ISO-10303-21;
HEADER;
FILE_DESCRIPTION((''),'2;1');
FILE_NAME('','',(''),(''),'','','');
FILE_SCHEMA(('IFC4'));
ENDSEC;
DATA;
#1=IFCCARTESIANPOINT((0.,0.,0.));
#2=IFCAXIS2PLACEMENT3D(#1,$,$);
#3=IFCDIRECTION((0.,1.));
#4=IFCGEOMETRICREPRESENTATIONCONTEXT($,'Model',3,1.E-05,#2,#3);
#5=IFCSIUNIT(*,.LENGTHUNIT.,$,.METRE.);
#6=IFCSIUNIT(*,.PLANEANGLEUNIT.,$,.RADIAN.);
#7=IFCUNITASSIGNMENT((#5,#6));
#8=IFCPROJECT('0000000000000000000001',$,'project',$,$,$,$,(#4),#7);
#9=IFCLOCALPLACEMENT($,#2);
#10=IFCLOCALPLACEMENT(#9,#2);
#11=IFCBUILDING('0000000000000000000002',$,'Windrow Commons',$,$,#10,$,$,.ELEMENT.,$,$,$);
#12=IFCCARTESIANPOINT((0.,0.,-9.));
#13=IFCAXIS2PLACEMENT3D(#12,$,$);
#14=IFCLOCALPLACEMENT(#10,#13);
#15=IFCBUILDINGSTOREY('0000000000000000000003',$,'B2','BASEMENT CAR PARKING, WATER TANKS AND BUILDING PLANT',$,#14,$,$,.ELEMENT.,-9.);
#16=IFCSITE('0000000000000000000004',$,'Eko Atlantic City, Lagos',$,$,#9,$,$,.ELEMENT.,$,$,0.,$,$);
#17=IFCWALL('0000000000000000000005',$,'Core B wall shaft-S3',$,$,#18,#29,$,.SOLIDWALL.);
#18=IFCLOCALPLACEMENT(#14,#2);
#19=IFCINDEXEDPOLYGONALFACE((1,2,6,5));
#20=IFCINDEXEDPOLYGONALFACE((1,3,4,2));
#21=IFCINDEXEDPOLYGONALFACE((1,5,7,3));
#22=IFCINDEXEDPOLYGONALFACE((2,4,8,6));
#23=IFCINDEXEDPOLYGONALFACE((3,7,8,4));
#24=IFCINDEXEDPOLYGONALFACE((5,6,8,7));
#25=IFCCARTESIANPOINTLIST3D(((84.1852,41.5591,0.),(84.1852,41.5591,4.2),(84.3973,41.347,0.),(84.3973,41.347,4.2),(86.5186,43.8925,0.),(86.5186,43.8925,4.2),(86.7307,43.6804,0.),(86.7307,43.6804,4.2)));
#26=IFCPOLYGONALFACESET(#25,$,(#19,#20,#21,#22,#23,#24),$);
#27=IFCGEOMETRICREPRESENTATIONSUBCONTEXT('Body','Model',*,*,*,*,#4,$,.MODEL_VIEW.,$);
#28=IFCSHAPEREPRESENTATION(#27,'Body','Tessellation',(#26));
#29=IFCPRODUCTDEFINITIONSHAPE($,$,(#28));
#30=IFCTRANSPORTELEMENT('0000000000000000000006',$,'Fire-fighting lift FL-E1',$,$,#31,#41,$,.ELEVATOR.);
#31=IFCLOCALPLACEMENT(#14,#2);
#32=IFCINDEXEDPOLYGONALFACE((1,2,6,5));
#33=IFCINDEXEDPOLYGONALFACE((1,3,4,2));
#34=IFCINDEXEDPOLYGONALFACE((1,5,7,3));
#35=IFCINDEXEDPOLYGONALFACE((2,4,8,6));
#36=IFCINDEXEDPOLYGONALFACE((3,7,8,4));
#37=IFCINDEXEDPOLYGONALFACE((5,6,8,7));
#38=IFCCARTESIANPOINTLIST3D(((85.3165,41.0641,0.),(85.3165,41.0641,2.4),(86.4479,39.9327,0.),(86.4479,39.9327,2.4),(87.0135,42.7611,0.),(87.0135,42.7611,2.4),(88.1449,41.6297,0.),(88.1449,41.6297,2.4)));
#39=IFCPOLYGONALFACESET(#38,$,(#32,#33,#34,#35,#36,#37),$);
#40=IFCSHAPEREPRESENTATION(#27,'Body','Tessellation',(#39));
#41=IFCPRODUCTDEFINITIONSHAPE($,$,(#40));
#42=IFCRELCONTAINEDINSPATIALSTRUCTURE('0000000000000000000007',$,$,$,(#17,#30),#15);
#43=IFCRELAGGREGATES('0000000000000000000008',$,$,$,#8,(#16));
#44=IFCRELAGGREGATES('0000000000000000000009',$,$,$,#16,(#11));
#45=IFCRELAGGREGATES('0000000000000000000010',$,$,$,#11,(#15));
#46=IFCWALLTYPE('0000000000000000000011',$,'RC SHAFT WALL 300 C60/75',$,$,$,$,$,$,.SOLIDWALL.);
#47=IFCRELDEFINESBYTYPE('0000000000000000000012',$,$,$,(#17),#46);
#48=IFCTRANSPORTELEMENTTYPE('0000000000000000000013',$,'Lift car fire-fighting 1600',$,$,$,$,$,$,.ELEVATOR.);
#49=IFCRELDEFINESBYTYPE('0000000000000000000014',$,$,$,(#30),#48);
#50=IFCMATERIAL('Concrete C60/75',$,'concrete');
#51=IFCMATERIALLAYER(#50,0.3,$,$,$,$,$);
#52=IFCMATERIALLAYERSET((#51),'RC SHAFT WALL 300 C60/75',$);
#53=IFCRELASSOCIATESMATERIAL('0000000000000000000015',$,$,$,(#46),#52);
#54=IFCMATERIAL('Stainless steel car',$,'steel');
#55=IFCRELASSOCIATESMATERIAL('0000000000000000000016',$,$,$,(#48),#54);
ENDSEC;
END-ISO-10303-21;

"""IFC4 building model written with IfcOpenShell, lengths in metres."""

from ifc_helpers import new_model, si_unit, direction, frame, frame_2d, origin, origin_2d, place, context, subcontext, project, spatial, rectangle, extrude, material, layer, layer_set, type_object, element, save


model = new_model("IFC4")

# Units and contexts
model_context = context("Model", 3, precision=1e-05, world=origin(), true_north=direction((0.0, 1.0)))
body_context = subcontext(model_context, "Body", "Model", "MODEL_VIEW")
ifc_project = project(units=[si_unit("LENGTHUNIT", "METRE"), si_unit("PLANEANGLEUNIT", "RADIAN")], contexts=[model_context])

# Site, building, storey
site_placement = place(None, origin())
site = spatial("IfcSite", under=ifc_project, at=site_placement, Name="Eko Atlantic City, Lagos", CompositionType="ELEMENT", RefElevation=0.0)
building_placement = place(site_placement, origin())
building = spatial("IfcBuilding", under=site, at=building_placement, Name="Windrow Commons", CompositionType="ELEMENT")
storey_placement = place(building_placement, frame((0.0, 0.0, -9.0)))
storey = spatial("IfcBuildingStorey", under=building, at=storey_placement, Name="B2", Description="BASEMENT CAR PARKING, WATER TANKS AND BUILDING PLANT", CompositionType="ELEMENT", Elevation=-9.0)

# Wall
ifc_material_1 = material(Name="Concrete C60/75", Category="concrete")
ifc_layer_1 = layer(ifc_material_1, 0.3)
ifc_layer_set_1 = layer_set([ifc_layer_1], Name="RC SHAFT WALL 300 C60/75")
wall_type_1 = type_object("IfcWallType", Name="RC SHAFT WALL 300 C60/75", PredefinedType="SOLIDWALL", material=ifc_layer_set_1)
wall_1_placement = place(storey_placement, frame((84.2912, 41.453, 0.0), z_axis=(0.0, 0.0, 1.0), x_axis=(0.707107, 0.707107, 0.0)))
element("IfcWall", 1, at=wall_1_placement, inside=storey, type_object=wall_type_1, Name="Core B wall shaft-S3", PredefinedType="SOLIDWALL", context=body_context, shape_type="SweptSolid", body=[
    extrude(rectangle(XDim=3.2999, YDim=0.3, at=frame_2d((1.65, 0.0))), origin(), (0.0, 0.0, 1.0), 4.2),
])

# Transport element
ifc_material_2 = material(Name="Stainless steel car", Category="steel")
transport_element_type = type_object("IfcTransportElementType", Name="Lift car fire-fighting 1600", PredefinedType="ELEVATOR", material=ifc_material_2)
transport_element_placement = place(storey_placement, frame((86.7307, 41.3469, 0.0), z_axis=(0.0, 0.0, 1.0), x_axis=(0.707107, -0.707107, 0.0)))
element("IfcTransportElement", 2, at=transport_element_placement, inside=storey, type_object=transport_element_type, Name="Fire-fighting lift FL-E1", PredefinedType="ELEVATOR", context=body_context, shape_type="SweptSolid", body=[
    extrude(rectangle(XDim=1.6, YDim=2.4, at=origin_2d()), origin(), (0.0, 0.0, 1.0), 2.4),
])

save(model, "model.ifc")
